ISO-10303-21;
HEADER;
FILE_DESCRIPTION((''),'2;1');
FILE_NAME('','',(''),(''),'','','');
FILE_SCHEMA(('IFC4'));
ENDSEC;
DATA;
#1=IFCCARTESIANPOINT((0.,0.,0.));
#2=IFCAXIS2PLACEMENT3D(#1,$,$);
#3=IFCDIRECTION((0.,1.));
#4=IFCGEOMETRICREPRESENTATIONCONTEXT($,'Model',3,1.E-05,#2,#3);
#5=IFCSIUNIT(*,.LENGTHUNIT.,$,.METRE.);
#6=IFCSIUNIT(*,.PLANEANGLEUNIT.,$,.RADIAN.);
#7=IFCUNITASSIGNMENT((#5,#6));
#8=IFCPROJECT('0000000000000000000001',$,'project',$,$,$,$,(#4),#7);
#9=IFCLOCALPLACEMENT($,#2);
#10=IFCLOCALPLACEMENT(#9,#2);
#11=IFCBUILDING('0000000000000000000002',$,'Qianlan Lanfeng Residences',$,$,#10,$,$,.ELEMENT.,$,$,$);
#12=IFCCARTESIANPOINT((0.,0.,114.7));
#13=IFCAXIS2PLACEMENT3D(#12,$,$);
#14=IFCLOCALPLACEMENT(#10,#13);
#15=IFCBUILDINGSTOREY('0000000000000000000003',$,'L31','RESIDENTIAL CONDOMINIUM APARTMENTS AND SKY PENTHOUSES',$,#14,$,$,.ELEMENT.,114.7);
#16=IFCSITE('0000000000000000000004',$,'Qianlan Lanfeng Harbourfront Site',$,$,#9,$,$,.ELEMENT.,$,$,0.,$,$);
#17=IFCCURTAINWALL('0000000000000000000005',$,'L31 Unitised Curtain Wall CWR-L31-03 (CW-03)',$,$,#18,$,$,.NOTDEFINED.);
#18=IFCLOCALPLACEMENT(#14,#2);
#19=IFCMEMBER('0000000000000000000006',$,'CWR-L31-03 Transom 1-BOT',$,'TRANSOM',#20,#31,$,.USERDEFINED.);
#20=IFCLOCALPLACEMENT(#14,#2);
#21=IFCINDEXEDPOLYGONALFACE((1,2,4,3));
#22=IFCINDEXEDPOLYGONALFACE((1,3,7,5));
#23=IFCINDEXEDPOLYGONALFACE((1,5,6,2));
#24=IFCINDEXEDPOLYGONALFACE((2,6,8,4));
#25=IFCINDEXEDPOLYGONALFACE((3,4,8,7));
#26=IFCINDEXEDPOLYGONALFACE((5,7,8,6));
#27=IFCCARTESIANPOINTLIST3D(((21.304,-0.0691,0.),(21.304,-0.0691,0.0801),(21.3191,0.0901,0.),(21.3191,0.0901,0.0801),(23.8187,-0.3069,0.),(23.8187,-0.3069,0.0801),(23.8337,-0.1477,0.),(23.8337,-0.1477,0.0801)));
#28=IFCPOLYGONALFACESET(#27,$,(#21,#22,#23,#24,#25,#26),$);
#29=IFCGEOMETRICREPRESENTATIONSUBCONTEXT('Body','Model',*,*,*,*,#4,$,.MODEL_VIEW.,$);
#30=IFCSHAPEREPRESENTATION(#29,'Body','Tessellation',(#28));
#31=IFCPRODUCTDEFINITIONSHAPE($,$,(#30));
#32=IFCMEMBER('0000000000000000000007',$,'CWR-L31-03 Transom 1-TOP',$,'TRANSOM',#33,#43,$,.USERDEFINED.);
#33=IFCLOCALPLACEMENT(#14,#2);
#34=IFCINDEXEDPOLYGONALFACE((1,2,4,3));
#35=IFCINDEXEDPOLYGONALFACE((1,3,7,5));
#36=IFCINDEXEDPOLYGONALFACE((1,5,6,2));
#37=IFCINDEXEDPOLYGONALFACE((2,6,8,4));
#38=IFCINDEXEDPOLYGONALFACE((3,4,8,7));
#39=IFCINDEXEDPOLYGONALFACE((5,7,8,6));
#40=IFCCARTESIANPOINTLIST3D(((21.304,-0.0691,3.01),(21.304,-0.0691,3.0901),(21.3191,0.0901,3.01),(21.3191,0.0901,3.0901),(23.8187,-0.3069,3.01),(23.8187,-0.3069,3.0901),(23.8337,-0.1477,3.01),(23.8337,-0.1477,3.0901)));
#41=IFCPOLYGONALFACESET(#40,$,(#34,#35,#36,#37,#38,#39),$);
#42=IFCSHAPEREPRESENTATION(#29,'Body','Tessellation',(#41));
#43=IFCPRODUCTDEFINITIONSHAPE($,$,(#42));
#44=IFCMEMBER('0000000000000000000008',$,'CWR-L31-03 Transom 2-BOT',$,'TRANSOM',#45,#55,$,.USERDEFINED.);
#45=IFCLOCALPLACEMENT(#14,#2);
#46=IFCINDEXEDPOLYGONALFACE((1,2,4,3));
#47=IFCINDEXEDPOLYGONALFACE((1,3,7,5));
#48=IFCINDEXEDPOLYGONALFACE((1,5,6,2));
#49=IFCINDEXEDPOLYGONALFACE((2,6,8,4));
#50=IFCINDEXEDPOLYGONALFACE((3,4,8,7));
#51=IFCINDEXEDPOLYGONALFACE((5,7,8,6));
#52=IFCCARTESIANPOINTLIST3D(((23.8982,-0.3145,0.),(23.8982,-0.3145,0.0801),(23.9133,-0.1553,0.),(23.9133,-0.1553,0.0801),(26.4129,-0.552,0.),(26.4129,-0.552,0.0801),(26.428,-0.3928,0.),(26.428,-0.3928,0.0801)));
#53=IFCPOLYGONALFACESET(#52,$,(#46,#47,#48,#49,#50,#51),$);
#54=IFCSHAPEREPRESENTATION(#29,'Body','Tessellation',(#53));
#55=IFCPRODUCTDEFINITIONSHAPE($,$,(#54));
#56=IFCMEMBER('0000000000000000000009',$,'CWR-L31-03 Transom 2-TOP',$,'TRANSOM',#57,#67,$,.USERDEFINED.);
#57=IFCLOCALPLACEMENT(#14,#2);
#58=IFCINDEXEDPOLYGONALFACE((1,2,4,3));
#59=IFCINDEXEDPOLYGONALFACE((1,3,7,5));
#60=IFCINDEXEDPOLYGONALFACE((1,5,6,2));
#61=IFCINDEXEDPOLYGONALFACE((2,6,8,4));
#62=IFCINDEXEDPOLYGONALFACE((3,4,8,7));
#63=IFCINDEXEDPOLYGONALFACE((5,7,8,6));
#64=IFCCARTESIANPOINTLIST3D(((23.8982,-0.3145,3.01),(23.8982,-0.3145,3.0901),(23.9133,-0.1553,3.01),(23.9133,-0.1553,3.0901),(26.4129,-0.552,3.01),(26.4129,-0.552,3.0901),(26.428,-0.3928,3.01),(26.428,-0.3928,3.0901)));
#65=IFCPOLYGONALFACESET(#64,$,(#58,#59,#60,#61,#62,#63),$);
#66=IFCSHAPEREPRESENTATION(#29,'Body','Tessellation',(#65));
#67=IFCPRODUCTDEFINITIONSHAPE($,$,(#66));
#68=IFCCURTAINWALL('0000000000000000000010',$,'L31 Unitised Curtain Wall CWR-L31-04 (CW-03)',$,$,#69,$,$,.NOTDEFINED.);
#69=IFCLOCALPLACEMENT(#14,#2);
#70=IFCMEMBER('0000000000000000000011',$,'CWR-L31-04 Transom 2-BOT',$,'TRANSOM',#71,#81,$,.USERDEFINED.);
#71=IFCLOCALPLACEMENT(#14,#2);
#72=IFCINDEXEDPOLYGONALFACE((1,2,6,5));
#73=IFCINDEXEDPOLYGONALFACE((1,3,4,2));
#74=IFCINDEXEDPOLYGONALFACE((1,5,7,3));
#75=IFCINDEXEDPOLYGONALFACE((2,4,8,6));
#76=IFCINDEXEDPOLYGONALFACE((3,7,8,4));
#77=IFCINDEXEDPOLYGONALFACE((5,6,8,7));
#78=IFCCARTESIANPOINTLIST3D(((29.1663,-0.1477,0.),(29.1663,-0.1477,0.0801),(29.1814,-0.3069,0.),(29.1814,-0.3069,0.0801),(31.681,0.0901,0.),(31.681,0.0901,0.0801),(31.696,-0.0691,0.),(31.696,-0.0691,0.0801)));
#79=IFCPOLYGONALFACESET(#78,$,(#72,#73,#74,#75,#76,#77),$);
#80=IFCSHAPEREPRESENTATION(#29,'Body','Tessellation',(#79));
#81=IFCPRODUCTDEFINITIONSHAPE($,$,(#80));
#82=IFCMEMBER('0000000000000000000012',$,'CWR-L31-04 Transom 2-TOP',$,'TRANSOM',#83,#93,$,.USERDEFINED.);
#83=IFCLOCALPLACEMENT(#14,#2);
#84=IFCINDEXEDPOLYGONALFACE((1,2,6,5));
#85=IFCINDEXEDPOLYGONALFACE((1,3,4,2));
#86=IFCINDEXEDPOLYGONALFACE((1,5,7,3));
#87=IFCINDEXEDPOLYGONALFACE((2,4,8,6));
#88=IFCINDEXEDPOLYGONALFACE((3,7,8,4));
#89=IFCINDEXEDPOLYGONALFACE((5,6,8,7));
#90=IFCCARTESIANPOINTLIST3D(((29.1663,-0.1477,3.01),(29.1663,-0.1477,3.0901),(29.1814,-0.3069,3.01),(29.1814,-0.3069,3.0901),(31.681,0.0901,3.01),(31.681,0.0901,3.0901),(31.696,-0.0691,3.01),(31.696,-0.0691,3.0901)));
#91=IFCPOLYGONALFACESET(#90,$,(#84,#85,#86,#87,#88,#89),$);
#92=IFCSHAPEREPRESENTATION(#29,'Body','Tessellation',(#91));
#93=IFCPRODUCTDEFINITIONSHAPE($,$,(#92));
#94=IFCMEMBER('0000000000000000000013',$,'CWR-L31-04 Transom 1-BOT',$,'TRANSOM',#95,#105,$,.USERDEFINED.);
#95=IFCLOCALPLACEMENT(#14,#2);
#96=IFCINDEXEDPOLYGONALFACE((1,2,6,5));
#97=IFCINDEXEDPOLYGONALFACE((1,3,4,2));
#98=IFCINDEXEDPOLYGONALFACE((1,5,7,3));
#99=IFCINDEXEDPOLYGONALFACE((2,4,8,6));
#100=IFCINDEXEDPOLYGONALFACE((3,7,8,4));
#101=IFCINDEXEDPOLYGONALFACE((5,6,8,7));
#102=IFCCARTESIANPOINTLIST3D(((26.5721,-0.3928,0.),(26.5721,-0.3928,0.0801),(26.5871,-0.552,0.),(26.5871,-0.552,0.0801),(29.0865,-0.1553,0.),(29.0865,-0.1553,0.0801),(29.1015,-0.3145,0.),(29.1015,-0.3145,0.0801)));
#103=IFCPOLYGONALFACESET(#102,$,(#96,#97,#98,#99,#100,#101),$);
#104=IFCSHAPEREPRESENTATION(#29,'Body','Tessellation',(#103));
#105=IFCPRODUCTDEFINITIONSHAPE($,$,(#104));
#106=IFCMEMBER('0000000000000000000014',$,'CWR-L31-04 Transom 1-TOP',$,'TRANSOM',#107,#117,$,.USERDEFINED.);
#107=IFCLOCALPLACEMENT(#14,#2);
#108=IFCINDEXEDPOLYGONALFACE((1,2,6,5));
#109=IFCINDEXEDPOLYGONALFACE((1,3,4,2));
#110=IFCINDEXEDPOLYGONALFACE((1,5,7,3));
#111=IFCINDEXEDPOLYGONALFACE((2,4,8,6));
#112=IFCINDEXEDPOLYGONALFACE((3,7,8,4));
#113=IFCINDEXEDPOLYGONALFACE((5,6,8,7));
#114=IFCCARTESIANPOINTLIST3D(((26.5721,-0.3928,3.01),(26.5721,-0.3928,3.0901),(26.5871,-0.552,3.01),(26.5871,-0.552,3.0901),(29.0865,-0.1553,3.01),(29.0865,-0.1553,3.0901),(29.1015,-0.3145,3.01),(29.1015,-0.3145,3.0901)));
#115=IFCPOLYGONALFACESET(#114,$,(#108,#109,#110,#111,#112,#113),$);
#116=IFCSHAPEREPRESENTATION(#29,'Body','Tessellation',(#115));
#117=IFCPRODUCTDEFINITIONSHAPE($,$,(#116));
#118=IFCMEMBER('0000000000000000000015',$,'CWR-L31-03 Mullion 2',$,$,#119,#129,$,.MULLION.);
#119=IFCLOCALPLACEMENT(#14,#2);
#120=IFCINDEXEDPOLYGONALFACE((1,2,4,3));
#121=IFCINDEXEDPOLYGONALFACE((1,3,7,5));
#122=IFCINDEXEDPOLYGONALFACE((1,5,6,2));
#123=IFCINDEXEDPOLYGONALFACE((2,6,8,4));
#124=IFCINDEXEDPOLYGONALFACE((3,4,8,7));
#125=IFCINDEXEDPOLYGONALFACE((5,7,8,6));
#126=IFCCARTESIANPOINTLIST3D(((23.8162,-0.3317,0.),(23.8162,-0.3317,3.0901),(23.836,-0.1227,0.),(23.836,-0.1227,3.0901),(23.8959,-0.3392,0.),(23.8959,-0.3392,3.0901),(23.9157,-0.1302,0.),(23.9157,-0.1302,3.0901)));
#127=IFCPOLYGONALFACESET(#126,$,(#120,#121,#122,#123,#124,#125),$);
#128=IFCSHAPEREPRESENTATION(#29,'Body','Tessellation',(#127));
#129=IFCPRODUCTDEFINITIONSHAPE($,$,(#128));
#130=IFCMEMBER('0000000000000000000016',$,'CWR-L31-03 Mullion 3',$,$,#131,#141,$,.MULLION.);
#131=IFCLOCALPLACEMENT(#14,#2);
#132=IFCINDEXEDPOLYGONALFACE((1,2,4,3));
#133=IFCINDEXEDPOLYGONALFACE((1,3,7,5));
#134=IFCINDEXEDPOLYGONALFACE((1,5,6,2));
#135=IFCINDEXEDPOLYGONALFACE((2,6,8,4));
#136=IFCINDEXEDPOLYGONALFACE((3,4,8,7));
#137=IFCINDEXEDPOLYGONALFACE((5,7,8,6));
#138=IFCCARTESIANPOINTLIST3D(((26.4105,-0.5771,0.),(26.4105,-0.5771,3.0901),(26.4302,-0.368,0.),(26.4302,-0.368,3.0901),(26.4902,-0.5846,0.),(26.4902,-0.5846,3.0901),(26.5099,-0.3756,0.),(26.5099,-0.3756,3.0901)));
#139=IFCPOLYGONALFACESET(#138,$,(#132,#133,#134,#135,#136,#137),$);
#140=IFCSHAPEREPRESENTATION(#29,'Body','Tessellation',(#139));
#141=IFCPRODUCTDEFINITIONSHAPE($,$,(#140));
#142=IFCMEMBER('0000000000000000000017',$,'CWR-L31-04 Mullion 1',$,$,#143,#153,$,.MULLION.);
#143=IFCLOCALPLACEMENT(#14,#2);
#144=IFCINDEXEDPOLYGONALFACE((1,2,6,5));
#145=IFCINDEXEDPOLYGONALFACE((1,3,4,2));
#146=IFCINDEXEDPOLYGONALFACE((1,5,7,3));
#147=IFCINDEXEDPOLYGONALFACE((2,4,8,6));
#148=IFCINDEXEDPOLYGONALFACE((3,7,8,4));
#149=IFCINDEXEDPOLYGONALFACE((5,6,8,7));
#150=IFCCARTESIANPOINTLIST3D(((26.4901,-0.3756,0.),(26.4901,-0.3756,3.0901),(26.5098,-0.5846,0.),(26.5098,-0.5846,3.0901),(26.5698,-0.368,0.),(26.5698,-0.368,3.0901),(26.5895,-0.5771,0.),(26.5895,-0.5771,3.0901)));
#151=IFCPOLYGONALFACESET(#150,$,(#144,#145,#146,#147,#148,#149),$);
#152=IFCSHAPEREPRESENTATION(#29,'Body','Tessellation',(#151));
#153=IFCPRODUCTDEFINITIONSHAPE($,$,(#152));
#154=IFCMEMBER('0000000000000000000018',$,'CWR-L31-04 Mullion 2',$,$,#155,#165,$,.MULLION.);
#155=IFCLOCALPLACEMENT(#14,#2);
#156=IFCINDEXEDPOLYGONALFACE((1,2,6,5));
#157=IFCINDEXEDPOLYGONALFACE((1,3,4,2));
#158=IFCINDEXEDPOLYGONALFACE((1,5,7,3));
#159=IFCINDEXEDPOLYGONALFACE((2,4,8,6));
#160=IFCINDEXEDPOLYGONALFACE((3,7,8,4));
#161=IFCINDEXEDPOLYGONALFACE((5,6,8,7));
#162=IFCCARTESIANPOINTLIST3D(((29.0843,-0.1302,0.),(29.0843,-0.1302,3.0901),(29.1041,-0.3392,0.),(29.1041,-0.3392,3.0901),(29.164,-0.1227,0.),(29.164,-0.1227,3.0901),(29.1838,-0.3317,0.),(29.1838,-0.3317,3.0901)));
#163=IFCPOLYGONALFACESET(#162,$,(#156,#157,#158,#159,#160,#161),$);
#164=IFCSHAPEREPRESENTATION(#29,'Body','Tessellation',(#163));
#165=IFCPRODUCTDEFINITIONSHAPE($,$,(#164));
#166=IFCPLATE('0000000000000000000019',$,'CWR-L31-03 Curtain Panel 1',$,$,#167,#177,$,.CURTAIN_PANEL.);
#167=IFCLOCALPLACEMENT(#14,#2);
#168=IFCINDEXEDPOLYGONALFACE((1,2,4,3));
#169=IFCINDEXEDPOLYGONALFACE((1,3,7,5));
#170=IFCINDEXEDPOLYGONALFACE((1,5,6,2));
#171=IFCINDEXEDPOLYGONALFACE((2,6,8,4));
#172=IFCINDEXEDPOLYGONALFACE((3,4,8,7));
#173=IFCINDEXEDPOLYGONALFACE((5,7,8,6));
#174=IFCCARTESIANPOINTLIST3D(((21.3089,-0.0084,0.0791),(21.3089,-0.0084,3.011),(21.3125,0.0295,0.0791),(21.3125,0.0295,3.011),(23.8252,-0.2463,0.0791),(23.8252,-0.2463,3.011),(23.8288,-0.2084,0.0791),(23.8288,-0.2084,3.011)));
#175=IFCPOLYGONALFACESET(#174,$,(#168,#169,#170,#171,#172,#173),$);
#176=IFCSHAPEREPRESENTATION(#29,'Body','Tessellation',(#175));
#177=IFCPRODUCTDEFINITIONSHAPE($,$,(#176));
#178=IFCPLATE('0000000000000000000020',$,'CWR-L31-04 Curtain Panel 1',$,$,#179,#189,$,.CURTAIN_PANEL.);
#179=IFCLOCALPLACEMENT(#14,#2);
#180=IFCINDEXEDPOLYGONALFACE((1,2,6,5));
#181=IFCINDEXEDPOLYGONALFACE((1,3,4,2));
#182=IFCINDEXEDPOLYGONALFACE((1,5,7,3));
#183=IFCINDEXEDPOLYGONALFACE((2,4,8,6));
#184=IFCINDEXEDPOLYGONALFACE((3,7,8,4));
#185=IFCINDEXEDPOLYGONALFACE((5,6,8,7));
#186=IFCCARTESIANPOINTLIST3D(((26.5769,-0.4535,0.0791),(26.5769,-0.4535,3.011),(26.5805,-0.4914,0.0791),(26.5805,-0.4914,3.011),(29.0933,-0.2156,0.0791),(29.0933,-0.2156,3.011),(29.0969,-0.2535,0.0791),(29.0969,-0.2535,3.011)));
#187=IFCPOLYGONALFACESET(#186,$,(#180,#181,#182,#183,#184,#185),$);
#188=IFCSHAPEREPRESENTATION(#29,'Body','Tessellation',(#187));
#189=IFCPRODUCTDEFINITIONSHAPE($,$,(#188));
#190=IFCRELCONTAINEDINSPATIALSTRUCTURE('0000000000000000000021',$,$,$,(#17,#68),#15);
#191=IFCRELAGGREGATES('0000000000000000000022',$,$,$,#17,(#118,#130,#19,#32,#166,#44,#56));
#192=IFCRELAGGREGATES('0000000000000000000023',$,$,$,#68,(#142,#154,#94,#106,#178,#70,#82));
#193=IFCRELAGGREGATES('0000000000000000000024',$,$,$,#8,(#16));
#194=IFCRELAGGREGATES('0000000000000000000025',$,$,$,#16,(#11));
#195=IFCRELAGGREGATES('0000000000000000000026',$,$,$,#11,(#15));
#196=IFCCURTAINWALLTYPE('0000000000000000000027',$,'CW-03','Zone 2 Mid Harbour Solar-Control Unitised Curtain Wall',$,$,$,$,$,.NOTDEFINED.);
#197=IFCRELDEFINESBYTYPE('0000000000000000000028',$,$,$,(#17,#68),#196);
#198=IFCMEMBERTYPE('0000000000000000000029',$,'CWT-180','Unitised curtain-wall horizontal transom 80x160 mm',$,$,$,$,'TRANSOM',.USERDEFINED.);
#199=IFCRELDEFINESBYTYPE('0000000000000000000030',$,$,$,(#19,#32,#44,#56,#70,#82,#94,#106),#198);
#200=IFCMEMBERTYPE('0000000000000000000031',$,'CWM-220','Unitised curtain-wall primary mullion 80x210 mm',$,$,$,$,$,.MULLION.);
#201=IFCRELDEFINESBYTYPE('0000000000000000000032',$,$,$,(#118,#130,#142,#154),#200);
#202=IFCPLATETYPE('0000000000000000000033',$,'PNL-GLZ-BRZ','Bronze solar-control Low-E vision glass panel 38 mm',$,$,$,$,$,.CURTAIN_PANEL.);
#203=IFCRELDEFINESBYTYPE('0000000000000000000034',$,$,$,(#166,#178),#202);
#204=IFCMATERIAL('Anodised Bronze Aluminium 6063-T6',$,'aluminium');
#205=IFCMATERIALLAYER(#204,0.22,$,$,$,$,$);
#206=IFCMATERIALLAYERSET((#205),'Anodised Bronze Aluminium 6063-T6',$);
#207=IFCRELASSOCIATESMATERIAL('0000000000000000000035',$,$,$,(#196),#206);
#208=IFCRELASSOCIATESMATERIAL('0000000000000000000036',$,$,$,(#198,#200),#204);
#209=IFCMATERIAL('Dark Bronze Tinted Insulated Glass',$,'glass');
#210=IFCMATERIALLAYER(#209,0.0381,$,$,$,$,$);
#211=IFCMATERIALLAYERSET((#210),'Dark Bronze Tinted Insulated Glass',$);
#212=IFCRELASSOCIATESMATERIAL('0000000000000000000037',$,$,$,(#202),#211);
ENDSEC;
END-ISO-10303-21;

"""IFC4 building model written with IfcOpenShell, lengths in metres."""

from ifc_helpers import new_model, si_unit, direction, frame, origin, origin_2d, place, context, subcontext, project, spatial, rectangle, extrude, source, transform, mapped, material, layer, layer_set, material_profile, profile_set, type_object, element, aggregate, save


model = new_model("IFC4")

# Units and contexts
model_context = context("Model", 3, precision=1e-05, world=origin(), true_north=direction((0.0, 1.0)))
body_context = subcontext(model_context, "Body", "Model", "MODEL_VIEW")
ifc_project = project(units=[si_unit("LENGTHUNIT", "METRE"), si_unit("PLANEANGLEUNIT", "RADIAN")], contexts=[model_context])

# Site, building, storey
site_placement = place(None, origin())
site = spatial("IfcSite", under=ifc_project, at=site_placement, Name="Qianlan Lanfeng Harbourfront Site", CompositionType="ELEMENT", RefElevation=0.0)
building_placement = place(site_placement, origin())
building = spatial("IfcBuilding", under=site, at=building_placement, Name="Qianlan Lanfeng Residences", CompositionType="ELEMENT")
storey_placement = place(building_placement, frame((0.0, 0.0, 114.7)))
storey = spatial("IfcBuildingStorey", under=building, at=storey_placement, Name="L31", Description="RESIDENTIAL CONDOMINIUM APARTMENTS AND SKY PENTHOUSES", CompositionType="ELEMENT", Elevation=114.7)

# Curtain walls, members
ifc_material_1 = material(Name="Anodised Bronze Aluminium 6063-T6", Category="aluminium")
ifc_layer_1 = layer(ifc_material_1, 0.22)
ifc_layer_set_1 = layer_set([ifc_layer_1], Name="Anodised Bronze Aluminium 6063-T6")
curtain_wall_type = type_object("IfcCurtainWallType", Name="CW-03", Description="Zone 2 Mid Harbour Solar-Control Unitised Curtain Wall", PredefinedType="NOTDEFINED", material=ifc_layer_set_1)
curtain_wall_1_placement = place(storey_placement, origin())
curtain_wall_1 = element("IfcCurtainWall", 1, at=curtain_wall_1_placement, inside=storey, type_object=curtain_wall_type, Name="L31 Unitised Curtain Wall CWR-L31-03 (CW-03)", PredefinedType="NOTDEFINED")
ifc_material_profile_1 = material_profile(ifc_material_1, rectangle(XDim=0.0801, YDim=0.1599, at=origin_2d()), Name="ALU TRANSOM 80x160")
ifc_profile_set_1 = profile_set([ifc_material_profile_1], Name="Anodised Bronze Aluminium 6063-T6")
member_type_1 = type_object("IfcMemberType", Name="CWT-180", Description="Unitised curtain-wall horizontal transom 80x160 mm", ElementType="TRANSOM", PredefinedType="USERDEFINED", material=ifc_profile_set_1)
shared_shape_1 = source(origin(), body_context, "Body", "SweptSolid", [
    extrude(rectangle(XDim=0.0801, YDim=0.1599, at=origin_2d()), origin(), (0.0, 0.0, 1.0), 2.5259),
])
member_1_placement = place(storey_placement, frame((21.3115, 0.0105, 0.04), z_axis=(0.995559, -0.094143, 0.0), x_axis=(0.0, 0.0, 1.0)))
member_1 = element("IfcMember", 2, at=member_1_placement, type_object=member_type_1, Name="CWR-L31-03 Transom 1-BOT", ObjectType="TRANSOM", PredefinedType="USERDEFINED", context=body_context, shape_type="MappedRepresentation", body=[
    mapped(shared_shape_1, transform((0.0, 0.0, 0.0), scale=1.0)),
])
member_2_placement = place(storey_placement, frame((21.3115, 0.0105, 3.05), z_axis=(0.995559, -0.094143, 0.0), x_axis=(0.0, 0.0, 1.0)))
member_2 = element("IfcMember", 3, at=member_2_placement, type_object=member_type_1, Name="CWR-L31-03 Transom 1-TOP", ObjectType="TRANSOM", PredefinedType="USERDEFINED", context=body_context, shape_type="MappedRepresentation", body=[
    mapped(shared_shape_1, transform((0.0, 0.0, 0.0), scale=1.0)),
])
member_3_placement = place(storey_placement, frame((23.9058, -0.2349, 0.04), z_axis=(0.995568, -0.094047, 0.0), x_axis=(0.0, 0.0, 1.0)))
member_3 = element("IfcMember", 4, at=member_3_placement, type_object=member_type_1, Name="CWR-L31-03 Transom 2-BOT", ObjectType="TRANSOM", PredefinedType="USERDEFINED", context=body_context, shape_type="MappedRepresentation", body=[
    mapped(shared_shape_1, transform((0.0, 0.0, 0.0), scale=1.0)),
])
member_4_placement = place(storey_placement, frame((23.9058, -0.2349, 3.05), z_axis=(0.995568, -0.094047, 0.0), x_axis=(0.0, 0.0, 1.0)))
member_4 = element("IfcMember", 5, at=member_4_placement, type_object=member_type_1, Name="CWR-L31-03 Transom 2-TOP", ObjectType="TRANSOM", PredefinedType="USERDEFINED", context=body_context, shape_type="MappedRepresentation", body=[
    mapped(shared_shape_1, transform((0.0, 0.0, 0.0), scale=1.0)),
])
curtain_wall_2_placement = place(storey_placement, origin())
curtain_wall_2 = element("IfcCurtainWall", 6, at=curtain_wall_2_placement, inside=storey, type_object=curtain_wall_type, Name="L31 Unitised Curtain Wall CWR-L31-04 (CW-03)", PredefinedType="NOTDEFINED")
member_5_placement = place(storey_placement, frame((29.1738, -0.2273, 0.04), z_axis=(0.995559, 0.094143, 0.0), x_axis=(0.0, 0.0, 1.0)))
member_5 = element("IfcMember", 7, at=member_5_placement, type_object=member_type_1, Name="CWR-L31-04 Transom 2-BOT", ObjectType="TRANSOM", PredefinedType="USERDEFINED", context=body_context, shape_type="MappedRepresentation", body=[
    mapped(shared_shape_1, transform((0.0, 0.0, 0.0), scale=1.0)),
])
member_6_placement = place(storey_placement, frame((29.1738, -0.2273, 3.05), z_axis=(0.995559, 0.094143, 0.0), x_axis=(0.0, 0.0, 1.0)))
member_6 = element("IfcMember", 8, at=member_6_placement, type_object=member_type_1, Name="CWR-L31-04 Transom 2-TOP", ObjectType="TRANSOM", PredefinedType="USERDEFINED", context=body_context, shape_type="MappedRepresentation", body=[
    mapped(shared_shape_1, transform((0.0, 0.0, 0.0), scale=1.0)),
])
shared_shape_2 = source(origin(), body_context, "Body", "SweptSolid", [
    extrude(rectangle(XDim=0.0801, YDim=0.1599, at=origin_2d()), origin(), (0.0, 0.0, 1.0), 2.5256),
])
member_7_placement = place(storey_placement, frame((26.5796, -0.4724, 0.04), z_axis=(0.995567, 0.094056, 0.0), x_axis=(0.0, 0.0, 1.0)))
member_7 = element("IfcMember", 9, at=member_7_placement, type_object=member_type_1, Name="CWR-L31-04 Transom 1-BOT", ObjectType="TRANSOM", PredefinedType="USERDEFINED", context=body_context, shape_type="MappedRepresentation", body=[
    mapped(shared_shape_2, transform((0.0, 0.0, 0.0), scale=1.0)),
])
member_8_placement = place(storey_placement, frame((26.5796, -0.4724, 3.05), z_axis=(0.995567, 0.094056, 0.0), x_axis=(0.0, 0.0, 1.0)))
member_8 = element("IfcMember", 10, at=member_8_placement, type_object=member_type_1, Name="CWR-L31-04 Transom 1-TOP", ObjectType="TRANSOM", PredefinedType="USERDEFINED", context=body_context, shape_type="MappedRepresentation", body=[
    mapped(shared_shape_2, transform((0.0, 0.0, 0.0), scale=1.0)),
])

# Members
ifc_material_profile_2 = material_profile(ifc_material_1, rectangle(XDim=0.0801, YDim=0.21, at=origin_2d()), Name="ALU MULLION 80x210")
ifc_profile_set_2 = profile_set([ifc_material_profile_2], Name="Anodised Bronze Aluminium 6063-T6")
member_type_2 = type_object("IfcMemberType", Name="CWM-220", Description="Unitised curtain-wall primary mullion 80x210 mm", PredefinedType="MULLION", material=ifc_profile_set_2)
shared_shape_3 = source(origin(), body_context, "Body", "SweptSolid", [
    extrude(rectangle(XDim=0.0801, YDim=0.21, at=origin_2d()), origin(), (0.0, 0.0, 1.0), 3.0901),
])
member_9_placement = place(storey_placement, frame((23.866, -0.231, 0.0), z_axis=(0.0, 0.0, 1.0), x_axis=(0.995561, -0.094114, 0.0)))
member_9 = element("IfcMember", 11, at=member_9_placement, type_object=member_type_2, Name="CWR-L31-03 Mullion 2", PredefinedType="MULLION", context=body_context, shape_type="MappedRepresentation", body=[
    mapped(shared_shape_3, transform((0.0, 0.0, 0.0), scale=1.0)),
])
member_10_placement = place(storey_placement, frame((26.4602, -0.4763, 0.0), z_axis=(0.0, 0.0, 1.0), x_axis=(0.995561, -0.094114, 0.0)))
member_10 = element("IfcMember", 12, at=member_10_placement, type_object=member_type_2, Name="CWR-L31-03 Mullion 3", PredefinedType="MULLION", context=body_context, shape_type="MappedRepresentation", body=[
    mapped(shared_shape_3, transform((0.0, 0.0, 0.0), scale=1.0)),
])
member_11_placement = place(storey_placement, frame((26.5398, -0.4763, 0.0), z_axis=(0.0, 0.0, 1.0), x_axis=(0.995561, 0.094114, 0.0)))
member_11 = element("IfcMember", 13, at=member_11_placement, type_object=member_type_2, Name="CWR-L31-04 Mullion 1", PredefinedType="MULLION", context=body_context, shape_type="MappedRepresentation", body=[
    mapped(shared_shape_3, transform((0.0, 0.0, 0.0), scale=1.0)),
])
member_12_placement = place(storey_placement, frame((29.134, -0.231, 0.0), z_axis=(0.0, 0.0, 1.0), x_axis=(0.995561, 0.094114, 0.0)))
member_12 = element("IfcMember", 14, at=member_12_placement, type_object=member_type_2, Name="CWR-L31-04 Mullion 2", PredefinedType="MULLION", context=body_context, shape_type="MappedRepresentation", body=[
    mapped(shared_shape_3, transform((0.0, 0.0, 0.0), scale=1.0)),
])

# Plates
ifc_material_2 = material(Name="Dark Bronze Tinted Insulated Glass", Category="glass")
ifc_layer_2 = layer(ifc_material_2, 0.0381)
ifc_layer_set_2 = layer_set([ifc_layer_2], Name="Dark Bronze Tinted Insulated Glass")
plate_type_1 = type_object("IfcPlateType", Name="PNL-GLZ-BRZ", Description="Bronze solar-control Low-E vision glass panel 38 mm", PredefinedType="CURTAIN_PANEL", material=ifc_layer_set_2)
shared_shape_4 = source(origin(), body_context, "Body", "SweptSolid", [
    extrude(rectangle(XDim=2.5276, YDim=0.0381, at=origin_2d()), origin(), (0.0, 0.0, 1.0), 2.9319),
])
plate_1_placement = place(storey_placement, frame((22.5688, -0.1084, 0.0791), z_axis=(0.0, 0.0, 1.0), x_axis=(0.995561, -0.094114, 0.0)))
plate_1 = element("IfcPlate", 15, at=plate_1_placement, type_object=plate_type_1, Name="CWR-L31-03 Curtain Panel 1", PredefinedType="CURTAIN_PANEL", context=body_context, shape_type="MappedRepresentation", body=[
    mapped(shared_shape_4, transform((0.0, 0.0, 0.0), scale=1.0)),
])
plate_2_placement = place(storey_placement, frame((27.8369, -0.3535, 0.0791), z_axis=(0.0, 0.0, 1.0), x_axis=(0.995561, 0.094114, 0.0)))
plate_2 = element("IfcPlate", 16, at=plate_2_placement, type_object=plate_type_1, Name="CWR-L31-04 Curtain Panel 1", PredefinedType="CURTAIN_PANEL", context=body_context, shape_type="MappedRepresentation", body=[
    mapped(shared_shape_4, transform((0.0, 0.0, 0.0), scale=1.0)),
])
aggregate(curtain_wall_1, [member_9, member_10, member_1, member_2, plate_1, member_3, member_4])
aggregate(curtain_wall_2, [member_11, member_12, member_7, member_8, plate_2, member_5, member_6])

save(model, "model.ifc")
